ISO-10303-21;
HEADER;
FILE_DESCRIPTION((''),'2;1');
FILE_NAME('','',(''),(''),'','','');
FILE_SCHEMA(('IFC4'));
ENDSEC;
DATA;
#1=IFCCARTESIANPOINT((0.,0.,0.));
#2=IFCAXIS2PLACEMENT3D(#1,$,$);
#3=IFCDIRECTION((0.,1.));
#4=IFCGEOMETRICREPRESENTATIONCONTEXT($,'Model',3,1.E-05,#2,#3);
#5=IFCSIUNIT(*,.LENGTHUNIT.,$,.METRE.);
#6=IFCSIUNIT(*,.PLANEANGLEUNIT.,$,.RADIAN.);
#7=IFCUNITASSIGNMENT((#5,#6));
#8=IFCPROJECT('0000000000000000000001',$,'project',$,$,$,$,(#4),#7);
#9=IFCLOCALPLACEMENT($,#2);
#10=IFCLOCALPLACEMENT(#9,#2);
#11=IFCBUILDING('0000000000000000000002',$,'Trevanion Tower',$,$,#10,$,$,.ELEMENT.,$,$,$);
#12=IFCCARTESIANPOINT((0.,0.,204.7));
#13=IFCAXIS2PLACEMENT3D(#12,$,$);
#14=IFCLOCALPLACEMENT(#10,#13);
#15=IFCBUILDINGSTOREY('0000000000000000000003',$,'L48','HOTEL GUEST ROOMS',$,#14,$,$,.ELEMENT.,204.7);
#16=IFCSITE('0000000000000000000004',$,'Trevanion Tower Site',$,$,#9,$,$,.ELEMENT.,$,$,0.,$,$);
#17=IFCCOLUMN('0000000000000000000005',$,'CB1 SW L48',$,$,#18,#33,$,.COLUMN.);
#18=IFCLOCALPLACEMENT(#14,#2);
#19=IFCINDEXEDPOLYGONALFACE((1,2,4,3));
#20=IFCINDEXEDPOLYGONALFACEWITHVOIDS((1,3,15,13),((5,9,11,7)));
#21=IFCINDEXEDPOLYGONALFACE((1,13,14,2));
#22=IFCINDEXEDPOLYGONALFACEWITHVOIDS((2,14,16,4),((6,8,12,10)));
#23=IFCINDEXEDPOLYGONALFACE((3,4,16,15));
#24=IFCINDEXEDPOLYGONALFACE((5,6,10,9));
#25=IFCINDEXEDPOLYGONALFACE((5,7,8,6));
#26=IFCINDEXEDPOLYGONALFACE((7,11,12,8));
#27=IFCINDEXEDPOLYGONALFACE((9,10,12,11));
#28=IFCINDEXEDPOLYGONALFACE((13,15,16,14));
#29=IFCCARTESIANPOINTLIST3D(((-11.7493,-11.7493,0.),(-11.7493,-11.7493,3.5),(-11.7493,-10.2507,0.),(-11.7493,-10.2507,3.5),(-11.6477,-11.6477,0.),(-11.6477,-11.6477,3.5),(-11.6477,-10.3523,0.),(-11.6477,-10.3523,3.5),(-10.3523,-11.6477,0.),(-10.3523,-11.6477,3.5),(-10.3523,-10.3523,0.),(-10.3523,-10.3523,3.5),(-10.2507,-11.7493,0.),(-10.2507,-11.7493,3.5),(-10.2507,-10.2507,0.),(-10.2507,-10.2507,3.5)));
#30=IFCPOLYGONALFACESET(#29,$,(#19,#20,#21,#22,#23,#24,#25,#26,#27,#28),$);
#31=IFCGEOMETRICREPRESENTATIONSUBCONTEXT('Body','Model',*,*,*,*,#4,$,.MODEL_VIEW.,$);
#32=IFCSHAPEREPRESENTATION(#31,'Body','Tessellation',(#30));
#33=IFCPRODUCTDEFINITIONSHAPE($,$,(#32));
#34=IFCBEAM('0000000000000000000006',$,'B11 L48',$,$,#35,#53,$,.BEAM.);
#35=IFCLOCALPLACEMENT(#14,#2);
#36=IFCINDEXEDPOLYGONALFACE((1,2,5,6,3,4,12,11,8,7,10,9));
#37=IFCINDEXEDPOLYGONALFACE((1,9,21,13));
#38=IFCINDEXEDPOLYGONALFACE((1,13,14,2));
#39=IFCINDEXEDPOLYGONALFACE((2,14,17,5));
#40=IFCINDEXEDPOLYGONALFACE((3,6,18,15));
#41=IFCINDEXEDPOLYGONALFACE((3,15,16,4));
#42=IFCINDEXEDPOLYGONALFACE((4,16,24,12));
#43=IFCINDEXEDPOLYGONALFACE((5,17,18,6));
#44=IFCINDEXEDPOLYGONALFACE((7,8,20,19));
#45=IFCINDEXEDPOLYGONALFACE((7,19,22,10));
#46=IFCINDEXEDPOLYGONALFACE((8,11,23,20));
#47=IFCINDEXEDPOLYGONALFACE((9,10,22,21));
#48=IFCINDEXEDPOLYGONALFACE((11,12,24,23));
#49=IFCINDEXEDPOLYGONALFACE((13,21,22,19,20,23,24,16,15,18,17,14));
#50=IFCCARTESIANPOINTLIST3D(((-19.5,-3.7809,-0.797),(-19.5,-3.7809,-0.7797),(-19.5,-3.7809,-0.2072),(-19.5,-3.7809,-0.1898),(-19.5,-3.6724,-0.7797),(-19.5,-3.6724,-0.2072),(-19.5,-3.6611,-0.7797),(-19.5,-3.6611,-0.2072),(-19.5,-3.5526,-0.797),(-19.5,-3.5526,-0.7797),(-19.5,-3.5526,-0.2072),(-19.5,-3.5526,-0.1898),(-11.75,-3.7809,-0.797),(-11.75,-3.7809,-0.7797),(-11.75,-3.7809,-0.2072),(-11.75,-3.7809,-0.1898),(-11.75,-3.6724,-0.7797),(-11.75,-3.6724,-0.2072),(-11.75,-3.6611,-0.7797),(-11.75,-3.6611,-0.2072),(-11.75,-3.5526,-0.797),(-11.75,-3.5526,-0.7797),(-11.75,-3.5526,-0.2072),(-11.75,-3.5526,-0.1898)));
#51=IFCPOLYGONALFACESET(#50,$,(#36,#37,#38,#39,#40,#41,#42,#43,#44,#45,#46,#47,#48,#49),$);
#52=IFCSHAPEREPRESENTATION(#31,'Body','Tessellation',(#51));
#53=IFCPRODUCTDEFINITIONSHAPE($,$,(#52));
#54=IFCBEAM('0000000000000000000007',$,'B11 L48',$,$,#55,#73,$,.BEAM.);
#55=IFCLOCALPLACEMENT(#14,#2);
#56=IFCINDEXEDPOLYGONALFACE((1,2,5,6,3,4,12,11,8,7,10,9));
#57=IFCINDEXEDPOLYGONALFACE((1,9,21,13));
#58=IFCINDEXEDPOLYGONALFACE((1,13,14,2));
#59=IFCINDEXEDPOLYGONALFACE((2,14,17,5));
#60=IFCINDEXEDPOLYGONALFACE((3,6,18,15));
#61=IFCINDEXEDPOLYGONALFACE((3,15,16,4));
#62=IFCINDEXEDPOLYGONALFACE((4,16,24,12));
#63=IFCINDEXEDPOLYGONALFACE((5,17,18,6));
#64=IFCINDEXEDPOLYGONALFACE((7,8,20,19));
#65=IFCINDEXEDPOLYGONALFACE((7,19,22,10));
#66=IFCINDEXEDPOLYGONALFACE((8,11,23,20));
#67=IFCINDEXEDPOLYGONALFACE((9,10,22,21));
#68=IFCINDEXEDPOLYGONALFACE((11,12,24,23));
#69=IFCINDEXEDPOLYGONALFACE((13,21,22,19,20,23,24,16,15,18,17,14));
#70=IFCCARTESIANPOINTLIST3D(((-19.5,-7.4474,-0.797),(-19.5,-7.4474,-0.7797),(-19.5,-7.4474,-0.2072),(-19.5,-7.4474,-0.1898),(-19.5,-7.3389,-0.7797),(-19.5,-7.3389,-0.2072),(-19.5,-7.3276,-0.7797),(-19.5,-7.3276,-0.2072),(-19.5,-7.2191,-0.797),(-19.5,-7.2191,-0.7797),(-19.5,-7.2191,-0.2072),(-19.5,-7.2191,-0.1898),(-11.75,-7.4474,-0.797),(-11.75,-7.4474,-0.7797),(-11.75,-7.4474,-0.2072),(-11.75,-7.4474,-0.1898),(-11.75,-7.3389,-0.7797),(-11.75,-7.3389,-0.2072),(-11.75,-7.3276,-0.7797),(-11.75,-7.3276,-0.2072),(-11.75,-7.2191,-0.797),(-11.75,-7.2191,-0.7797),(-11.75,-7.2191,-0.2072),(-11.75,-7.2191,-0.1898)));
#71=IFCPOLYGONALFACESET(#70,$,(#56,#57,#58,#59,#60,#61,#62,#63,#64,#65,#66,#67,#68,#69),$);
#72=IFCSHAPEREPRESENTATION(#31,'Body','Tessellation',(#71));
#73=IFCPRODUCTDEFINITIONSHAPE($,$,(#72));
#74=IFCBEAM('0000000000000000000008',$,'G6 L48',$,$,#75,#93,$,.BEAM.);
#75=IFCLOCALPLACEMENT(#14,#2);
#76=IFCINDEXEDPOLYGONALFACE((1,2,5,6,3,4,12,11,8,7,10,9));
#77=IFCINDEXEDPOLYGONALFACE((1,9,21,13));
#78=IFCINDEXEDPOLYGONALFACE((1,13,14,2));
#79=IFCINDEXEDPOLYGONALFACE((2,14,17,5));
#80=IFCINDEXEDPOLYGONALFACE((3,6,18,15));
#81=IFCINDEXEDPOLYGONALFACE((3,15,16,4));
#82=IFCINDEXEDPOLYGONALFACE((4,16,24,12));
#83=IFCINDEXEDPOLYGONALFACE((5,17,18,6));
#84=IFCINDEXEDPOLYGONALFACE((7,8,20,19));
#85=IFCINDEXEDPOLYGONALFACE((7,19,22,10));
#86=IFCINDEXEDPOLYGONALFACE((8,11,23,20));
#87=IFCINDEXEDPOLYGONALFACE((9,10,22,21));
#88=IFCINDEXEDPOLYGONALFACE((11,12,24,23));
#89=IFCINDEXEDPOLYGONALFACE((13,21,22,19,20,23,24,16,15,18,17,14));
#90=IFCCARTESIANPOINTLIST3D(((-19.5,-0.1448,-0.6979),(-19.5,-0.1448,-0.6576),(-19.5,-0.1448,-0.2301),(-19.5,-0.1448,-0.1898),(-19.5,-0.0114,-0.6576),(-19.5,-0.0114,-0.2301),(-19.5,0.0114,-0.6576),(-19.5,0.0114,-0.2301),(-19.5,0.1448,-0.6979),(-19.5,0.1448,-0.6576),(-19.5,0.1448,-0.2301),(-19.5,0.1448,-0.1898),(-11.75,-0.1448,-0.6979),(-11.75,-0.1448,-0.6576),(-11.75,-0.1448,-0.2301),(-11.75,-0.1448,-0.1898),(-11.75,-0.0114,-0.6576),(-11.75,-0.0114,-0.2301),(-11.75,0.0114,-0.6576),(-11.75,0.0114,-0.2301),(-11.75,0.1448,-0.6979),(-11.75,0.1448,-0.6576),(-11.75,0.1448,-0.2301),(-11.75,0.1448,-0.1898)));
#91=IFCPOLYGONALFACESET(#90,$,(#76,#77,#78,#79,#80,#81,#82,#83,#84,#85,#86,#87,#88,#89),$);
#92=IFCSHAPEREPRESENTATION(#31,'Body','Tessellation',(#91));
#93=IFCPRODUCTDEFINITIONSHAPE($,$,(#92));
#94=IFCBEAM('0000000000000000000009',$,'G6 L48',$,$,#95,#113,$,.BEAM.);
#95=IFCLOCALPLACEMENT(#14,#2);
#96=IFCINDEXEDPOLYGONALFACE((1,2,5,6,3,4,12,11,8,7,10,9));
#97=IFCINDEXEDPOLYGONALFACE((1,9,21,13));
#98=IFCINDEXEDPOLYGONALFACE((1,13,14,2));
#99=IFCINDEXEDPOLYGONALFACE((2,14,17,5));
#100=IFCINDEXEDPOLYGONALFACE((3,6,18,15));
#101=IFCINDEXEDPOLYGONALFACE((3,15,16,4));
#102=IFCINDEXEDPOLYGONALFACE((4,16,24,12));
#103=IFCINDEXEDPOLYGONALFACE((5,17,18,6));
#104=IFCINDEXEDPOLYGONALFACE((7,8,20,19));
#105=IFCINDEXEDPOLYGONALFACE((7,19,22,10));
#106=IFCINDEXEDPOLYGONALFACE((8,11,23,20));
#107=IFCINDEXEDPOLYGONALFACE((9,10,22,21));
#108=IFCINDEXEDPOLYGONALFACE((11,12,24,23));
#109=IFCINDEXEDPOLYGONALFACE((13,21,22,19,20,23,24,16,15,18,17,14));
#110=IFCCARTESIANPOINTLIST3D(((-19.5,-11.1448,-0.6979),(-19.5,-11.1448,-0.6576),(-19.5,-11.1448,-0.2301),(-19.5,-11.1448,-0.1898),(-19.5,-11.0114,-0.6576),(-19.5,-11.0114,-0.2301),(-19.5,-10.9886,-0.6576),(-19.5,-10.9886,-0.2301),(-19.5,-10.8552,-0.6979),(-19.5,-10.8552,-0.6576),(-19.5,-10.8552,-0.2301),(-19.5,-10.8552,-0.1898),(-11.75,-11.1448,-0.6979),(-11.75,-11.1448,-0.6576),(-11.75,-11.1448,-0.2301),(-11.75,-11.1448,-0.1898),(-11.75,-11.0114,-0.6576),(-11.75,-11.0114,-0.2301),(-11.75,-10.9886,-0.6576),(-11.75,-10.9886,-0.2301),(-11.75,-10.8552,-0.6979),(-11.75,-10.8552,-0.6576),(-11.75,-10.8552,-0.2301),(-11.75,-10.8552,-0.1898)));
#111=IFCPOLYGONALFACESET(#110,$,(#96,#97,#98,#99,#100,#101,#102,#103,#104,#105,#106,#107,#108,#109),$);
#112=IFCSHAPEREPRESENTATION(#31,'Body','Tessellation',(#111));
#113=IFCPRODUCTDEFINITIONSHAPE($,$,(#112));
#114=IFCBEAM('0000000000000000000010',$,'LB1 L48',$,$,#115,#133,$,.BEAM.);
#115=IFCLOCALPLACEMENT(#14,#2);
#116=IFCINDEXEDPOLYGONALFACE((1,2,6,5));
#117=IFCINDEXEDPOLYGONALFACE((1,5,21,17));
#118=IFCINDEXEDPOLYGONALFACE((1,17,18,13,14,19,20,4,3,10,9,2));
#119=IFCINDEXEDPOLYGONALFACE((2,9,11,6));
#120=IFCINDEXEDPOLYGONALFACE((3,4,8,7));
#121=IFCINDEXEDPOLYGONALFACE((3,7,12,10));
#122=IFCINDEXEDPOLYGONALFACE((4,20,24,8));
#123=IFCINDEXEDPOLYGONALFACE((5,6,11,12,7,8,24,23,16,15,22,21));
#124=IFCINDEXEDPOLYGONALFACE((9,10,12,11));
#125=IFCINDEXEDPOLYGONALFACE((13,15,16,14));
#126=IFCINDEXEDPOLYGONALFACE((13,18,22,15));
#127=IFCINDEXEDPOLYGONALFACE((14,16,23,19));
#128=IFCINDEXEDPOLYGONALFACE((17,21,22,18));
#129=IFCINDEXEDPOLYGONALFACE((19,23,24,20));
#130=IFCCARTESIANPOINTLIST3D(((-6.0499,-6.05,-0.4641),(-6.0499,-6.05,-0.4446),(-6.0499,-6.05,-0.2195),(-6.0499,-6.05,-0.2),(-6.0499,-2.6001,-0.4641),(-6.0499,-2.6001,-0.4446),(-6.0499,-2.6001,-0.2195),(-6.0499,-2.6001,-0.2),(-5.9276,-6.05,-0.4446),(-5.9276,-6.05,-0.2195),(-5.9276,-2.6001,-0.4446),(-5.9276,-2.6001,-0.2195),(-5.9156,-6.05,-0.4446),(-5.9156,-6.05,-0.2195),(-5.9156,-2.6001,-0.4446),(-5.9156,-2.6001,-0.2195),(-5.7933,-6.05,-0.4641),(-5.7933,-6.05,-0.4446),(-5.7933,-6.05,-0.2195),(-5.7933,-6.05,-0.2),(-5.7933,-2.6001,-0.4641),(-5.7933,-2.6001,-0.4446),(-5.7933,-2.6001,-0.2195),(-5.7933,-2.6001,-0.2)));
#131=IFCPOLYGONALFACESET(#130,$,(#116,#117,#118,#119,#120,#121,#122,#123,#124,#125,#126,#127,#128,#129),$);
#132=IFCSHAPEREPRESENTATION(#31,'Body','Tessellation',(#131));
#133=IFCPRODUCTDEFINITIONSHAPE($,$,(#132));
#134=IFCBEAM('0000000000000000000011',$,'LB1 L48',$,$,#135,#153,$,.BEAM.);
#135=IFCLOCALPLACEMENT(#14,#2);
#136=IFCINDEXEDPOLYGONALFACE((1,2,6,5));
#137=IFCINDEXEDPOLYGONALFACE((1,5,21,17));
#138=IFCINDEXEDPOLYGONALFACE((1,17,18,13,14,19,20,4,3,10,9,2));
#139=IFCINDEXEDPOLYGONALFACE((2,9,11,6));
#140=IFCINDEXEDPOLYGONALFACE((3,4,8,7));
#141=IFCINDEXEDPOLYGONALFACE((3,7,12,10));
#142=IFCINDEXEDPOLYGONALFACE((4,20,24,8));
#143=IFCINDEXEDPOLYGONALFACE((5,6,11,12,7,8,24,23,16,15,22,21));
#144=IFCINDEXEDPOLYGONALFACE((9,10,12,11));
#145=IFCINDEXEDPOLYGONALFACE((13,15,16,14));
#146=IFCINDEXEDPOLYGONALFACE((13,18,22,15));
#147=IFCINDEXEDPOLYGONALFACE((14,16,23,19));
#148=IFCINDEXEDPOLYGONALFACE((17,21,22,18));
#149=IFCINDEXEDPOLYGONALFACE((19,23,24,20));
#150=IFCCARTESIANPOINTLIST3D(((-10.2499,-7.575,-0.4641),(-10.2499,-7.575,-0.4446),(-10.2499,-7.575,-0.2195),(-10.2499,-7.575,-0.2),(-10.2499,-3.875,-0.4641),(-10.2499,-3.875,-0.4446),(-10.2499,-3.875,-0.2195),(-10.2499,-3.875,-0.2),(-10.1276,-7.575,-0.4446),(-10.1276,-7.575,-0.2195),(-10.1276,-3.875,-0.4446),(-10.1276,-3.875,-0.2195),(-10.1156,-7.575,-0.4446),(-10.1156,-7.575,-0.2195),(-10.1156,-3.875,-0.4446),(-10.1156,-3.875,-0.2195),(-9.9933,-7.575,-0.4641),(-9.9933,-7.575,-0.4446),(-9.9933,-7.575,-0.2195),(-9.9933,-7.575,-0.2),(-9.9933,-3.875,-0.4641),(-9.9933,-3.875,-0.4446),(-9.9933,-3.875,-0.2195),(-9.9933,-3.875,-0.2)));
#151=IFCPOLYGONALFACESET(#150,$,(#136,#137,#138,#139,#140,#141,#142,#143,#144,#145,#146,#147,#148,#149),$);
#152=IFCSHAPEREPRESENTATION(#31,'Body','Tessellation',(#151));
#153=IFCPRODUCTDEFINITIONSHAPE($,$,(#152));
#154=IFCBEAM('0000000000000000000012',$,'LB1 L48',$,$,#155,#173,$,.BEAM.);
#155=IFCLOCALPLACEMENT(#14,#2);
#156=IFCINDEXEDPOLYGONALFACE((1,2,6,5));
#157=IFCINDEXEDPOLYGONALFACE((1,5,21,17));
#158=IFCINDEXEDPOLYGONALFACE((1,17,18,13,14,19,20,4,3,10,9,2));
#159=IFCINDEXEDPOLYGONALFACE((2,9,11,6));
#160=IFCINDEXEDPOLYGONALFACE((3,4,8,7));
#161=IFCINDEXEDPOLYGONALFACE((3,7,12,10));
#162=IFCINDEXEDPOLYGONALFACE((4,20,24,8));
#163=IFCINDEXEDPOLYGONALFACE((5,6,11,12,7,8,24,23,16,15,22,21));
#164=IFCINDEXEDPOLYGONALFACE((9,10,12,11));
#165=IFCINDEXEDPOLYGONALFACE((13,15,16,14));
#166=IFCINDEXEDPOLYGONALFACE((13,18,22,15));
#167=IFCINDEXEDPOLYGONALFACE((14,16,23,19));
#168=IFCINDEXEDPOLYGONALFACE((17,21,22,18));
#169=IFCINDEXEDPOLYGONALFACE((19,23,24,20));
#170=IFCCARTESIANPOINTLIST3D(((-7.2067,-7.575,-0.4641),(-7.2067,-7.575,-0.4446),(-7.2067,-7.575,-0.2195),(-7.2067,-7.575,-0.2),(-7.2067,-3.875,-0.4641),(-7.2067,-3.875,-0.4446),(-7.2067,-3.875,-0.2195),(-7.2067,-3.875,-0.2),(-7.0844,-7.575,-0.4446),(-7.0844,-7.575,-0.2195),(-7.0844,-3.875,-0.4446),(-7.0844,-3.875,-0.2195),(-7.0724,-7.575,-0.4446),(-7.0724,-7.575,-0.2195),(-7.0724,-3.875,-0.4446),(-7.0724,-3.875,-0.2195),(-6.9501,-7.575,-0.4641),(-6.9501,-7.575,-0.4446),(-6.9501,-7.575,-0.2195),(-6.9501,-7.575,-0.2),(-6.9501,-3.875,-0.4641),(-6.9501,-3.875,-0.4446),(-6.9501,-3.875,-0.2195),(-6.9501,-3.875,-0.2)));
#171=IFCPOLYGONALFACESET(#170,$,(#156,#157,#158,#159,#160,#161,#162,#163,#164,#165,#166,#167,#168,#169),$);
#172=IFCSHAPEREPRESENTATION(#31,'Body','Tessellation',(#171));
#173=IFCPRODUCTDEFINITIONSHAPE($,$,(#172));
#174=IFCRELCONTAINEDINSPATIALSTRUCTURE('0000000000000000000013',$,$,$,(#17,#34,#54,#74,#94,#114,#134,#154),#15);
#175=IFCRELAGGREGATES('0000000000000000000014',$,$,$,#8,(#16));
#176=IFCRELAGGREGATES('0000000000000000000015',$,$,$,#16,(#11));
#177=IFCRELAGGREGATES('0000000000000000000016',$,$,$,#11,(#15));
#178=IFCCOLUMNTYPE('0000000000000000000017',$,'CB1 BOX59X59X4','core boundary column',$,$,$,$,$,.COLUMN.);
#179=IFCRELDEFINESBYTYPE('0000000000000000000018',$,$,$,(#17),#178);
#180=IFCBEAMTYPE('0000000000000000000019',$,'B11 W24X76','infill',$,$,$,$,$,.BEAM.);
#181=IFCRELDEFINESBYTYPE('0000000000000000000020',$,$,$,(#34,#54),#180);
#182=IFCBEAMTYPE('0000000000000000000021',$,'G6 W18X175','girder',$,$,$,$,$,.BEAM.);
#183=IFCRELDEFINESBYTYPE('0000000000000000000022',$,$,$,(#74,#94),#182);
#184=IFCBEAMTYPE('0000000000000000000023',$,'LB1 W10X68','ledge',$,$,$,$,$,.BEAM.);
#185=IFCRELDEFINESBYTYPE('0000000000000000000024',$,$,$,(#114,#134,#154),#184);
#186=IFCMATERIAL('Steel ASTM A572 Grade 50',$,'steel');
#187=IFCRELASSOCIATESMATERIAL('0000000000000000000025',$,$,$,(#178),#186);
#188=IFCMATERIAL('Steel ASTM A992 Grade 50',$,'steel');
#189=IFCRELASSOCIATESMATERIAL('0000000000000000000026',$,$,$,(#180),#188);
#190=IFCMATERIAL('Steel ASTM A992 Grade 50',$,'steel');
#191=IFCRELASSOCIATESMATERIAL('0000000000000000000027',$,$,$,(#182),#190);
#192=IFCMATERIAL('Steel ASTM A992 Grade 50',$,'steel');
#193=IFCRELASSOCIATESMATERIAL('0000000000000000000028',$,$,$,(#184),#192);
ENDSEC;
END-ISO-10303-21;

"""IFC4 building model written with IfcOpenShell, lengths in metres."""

from ifc_helpers import new_model, si_unit, direction, frame, origin, origin_2d, place, context, subcontext, project, spatial, hollow_rectangle, i_section, extrude, material, material_profile, profile_set, type_object, element, save


model = new_model("IFC4")

# Units and contexts
model_context = context("Model", 3, precision=1e-05, world=origin(), true_north=direction((0.0, 1.0)))
body_context = subcontext(model_context, "Body", "Model", "MODEL_VIEW")
ifc_project = project(units=[si_unit("LENGTHUNIT", "METRE"), si_unit("PLANEANGLEUNIT", "RADIAN")], contexts=[model_context])

# Site, building, storey
site_placement = place(None, origin())
site = spatial("IfcSite", under=ifc_project, at=site_placement, Name="Trevanion Tower Site", CompositionType="ELEMENT", RefElevation=0.0)
building_placement = place(site_placement, origin())
building = spatial("IfcBuilding", under=site, at=building_placement, Name="Trevanion Tower", CompositionType="ELEMENT")
storey_placement = place(building_placement, frame((0.0, 0.0, 204.7)))
storey = spatial("IfcBuildingStorey", under=building, at=storey_placement, Name="L48", Description="HOTEL GUEST ROOMS", CompositionType="ELEMENT", Elevation=204.7)

# Column
ifc_material_1 = material(Name="Steel ASTM A572 Grade 50", Category="steel")
ifc_material_profile_1 = material_profile(ifc_material_1, hollow_rectangle(XDim=1.4985, YDim=1.4985, WallThickness=0.1016, at=origin_2d()), Name="BOX59X59X4")
ifc_profile_set_1 = profile_set([ifc_material_profile_1], Name="Steel ASTM A572 Grade 50")
column_type = type_object("IfcColumnType", Name="CB1 BOX59X59X4", Description="core boundary column", PredefinedType="COLUMN", material=ifc_profile_set_1)
column_placement = place(storey_placement, frame((-11.0, -11.0, 0.0), z_axis=(0.0, 0.0, 1.0), x_axis=(1.0, 0.0, 0.0)))
element("IfcColumn", 1, at=column_placement, inside=storey, type_object=column_type, Name="CB1 SW L48", PredefinedType="COLUMN", context=body_context, shape_type="SweptSolid", body=[
    extrude(hollow_rectangle(XDim=1.4985, YDim=1.4985, WallThickness=0.1016, at=origin_2d()), origin(), (0.0, 0.0, 1.0), 3.5),
])

# Beams
ifc_material_2 = material(Name="Steel ASTM A992 Grade 50", Category="steel")
ifc_material_profile_2 = material_profile(ifc_material_2, i_section(OverallWidth=0.2283, OverallDepth=0.6072, WebThickness=0.0112, FlangeThickness=0.0173, at=origin_2d()), Name="W24X76")
ifc_profile_set_2 = profile_set([ifc_material_profile_2], Name="Steel ASTM A992 Grade 50")
beam_type_1 = type_object("IfcBeamType", Name="B11 W24X76", Description="infill", PredefinedType="BEAM", material=ifc_profile_set_2)
for number, where, z_axis, x_axis, name in (
    (2, (-11.75, -3.6667, -0.4934), (-1.0, 0.0, 0.0), (0.0, -1.0, 0.0), "B11 L48"),
    (3, (-11.75, -7.3333, -0.4934), (-1.0, 0.0, 0.0), (0.0, -1.0, 0.0), "B11 L48"),
):
    element("IfcBeam", number, at=place(storey_placement, frame(where, z_axis=z_axis, x_axis=x_axis)), inside=storey, type_object=beam_type_1, Name=name, PredefinedType="BEAM", context=body_context, shape_type="SweptSolid", body=[
        extrude(i_section(OverallWidth=0.2283, OverallDepth=0.6072, WebThickness=0.0112, FlangeThickness=0.0173, at=origin_2d()), origin(), (0.0, 0.0, 1.0), 7.75),
    ])
ifc_material_3 = material(Name="Steel ASTM A992 Grade 50", Category="steel")
ifc_material_profile_3 = material_profile(ifc_material_3, i_section(OverallWidth=0.2896, OverallDepth=0.5081, WebThickness=0.0227, FlangeThickness=0.0403, at=origin_2d()), Name="W18X175")
ifc_profile_set_3 = profile_set([ifc_material_profile_3], Name="Steel ASTM A992 Grade 50")
beam_type_2 = type_object("IfcBeamType", Name="G6 W18X175", Description="girder", PredefinedType="BEAM", material=ifc_profile_set_3)
for number, where, z_axis, x_axis, name in (
    (4, (-11.75, 0.0, -0.4438), (-1.0, 0.0, 0.0), (0.0, -1.0, 0.0), "G6 L48"),
    (5, (-11.75, -11.0, -0.4438), (-1.0, 0.0, 0.0), (0.0, -1.0, 0.0), "G6 L48"),
):
    element("IfcBeam", number, at=place(storey_placement, frame(where, z_axis=z_axis, x_axis=x_axis)), inside=storey, type_object=beam_type_2, Name=name, PredefinedType="BEAM", context=body_context, shape_type="SweptSolid", body=[
        extrude(i_section(OverallWidth=0.2896, OverallDepth=0.5081, WebThickness=0.0227, FlangeThickness=0.0403, at=origin_2d()), origin(), (0.0, 0.0, 1.0), 7.75),
    ])
ifc_material_4 = material(Name="Steel ASTM A992 Grade 50", Category="steel")
ifc_material_profile_4 = material_profile(ifc_material_4, i_section(OverallWidth=0.2566, OverallDepth=0.2642, WebThickness=0.012, FlangeThickness=0.0195, at=origin_2d()), Name="W10X68")
ifc_profile_set_4 = profile_set([ifc_material_profile_4], Name="Steel ASTM A992 Grade 50")
beam_type_3 = type_object("IfcBeamType", Name="LB1 W10X68", Description="ledge", PredefinedType="BEAM", material=ifc_profile_set_4)
beam_1_placement = place(storey_placement, frame((-5.9216, -6.05, -0.332), z_axis=(0.0, 1.0, 0.0), x_axis=(-1.0, 0.0, 0.0)))
element("IfcBeam", 6, at=beam_1_placement, inside=storey, type_object=beam_type_3, Name="LB1 L48", PredefinedType="BEAM", context=body_context, shape_type="SweptSolid", body=[
    extrude(i_section(OverallWidth=0.2566, OverallDepth=0.2642, WebThickness=0.012, FlangeThickness=0.0195, at=origin_2d()), origin(), (0.0, 0.0, 1.0), 3.45),
])
for number, where, z_axis, x_axis, name in (
    (7, (-10.1216, -7.575, -0.332), (0.0, 1.0, 0.0), (-1.0, 0.0, 0.0), "LB1 L48"),
    (8, (-7.0784, -7.575, -0.332), (0.0, 1.0, 0.0), (-1.0, 0.0, 0.0), "LB1 L48"),
):
    element("IfcBeam", number, at=place(storey_placement, frame(where, z_axis=z_axis, x_axis=x_axis)), inside=storey, type_object=beam_type_3, Name=name, PredefinedType="BEAM", context=body_context, shape_type="SweptSolid", body=[
        extrude(i_section(OverallWidth=0.2566, OverallDepth=0.2642, WebThickness=0.012, FlangeThickness=0.0195, at=origin_2d()), origin(), (0.0, 0.0, 1.0), 3.7),
    ])

save(model, "model.ifc")
